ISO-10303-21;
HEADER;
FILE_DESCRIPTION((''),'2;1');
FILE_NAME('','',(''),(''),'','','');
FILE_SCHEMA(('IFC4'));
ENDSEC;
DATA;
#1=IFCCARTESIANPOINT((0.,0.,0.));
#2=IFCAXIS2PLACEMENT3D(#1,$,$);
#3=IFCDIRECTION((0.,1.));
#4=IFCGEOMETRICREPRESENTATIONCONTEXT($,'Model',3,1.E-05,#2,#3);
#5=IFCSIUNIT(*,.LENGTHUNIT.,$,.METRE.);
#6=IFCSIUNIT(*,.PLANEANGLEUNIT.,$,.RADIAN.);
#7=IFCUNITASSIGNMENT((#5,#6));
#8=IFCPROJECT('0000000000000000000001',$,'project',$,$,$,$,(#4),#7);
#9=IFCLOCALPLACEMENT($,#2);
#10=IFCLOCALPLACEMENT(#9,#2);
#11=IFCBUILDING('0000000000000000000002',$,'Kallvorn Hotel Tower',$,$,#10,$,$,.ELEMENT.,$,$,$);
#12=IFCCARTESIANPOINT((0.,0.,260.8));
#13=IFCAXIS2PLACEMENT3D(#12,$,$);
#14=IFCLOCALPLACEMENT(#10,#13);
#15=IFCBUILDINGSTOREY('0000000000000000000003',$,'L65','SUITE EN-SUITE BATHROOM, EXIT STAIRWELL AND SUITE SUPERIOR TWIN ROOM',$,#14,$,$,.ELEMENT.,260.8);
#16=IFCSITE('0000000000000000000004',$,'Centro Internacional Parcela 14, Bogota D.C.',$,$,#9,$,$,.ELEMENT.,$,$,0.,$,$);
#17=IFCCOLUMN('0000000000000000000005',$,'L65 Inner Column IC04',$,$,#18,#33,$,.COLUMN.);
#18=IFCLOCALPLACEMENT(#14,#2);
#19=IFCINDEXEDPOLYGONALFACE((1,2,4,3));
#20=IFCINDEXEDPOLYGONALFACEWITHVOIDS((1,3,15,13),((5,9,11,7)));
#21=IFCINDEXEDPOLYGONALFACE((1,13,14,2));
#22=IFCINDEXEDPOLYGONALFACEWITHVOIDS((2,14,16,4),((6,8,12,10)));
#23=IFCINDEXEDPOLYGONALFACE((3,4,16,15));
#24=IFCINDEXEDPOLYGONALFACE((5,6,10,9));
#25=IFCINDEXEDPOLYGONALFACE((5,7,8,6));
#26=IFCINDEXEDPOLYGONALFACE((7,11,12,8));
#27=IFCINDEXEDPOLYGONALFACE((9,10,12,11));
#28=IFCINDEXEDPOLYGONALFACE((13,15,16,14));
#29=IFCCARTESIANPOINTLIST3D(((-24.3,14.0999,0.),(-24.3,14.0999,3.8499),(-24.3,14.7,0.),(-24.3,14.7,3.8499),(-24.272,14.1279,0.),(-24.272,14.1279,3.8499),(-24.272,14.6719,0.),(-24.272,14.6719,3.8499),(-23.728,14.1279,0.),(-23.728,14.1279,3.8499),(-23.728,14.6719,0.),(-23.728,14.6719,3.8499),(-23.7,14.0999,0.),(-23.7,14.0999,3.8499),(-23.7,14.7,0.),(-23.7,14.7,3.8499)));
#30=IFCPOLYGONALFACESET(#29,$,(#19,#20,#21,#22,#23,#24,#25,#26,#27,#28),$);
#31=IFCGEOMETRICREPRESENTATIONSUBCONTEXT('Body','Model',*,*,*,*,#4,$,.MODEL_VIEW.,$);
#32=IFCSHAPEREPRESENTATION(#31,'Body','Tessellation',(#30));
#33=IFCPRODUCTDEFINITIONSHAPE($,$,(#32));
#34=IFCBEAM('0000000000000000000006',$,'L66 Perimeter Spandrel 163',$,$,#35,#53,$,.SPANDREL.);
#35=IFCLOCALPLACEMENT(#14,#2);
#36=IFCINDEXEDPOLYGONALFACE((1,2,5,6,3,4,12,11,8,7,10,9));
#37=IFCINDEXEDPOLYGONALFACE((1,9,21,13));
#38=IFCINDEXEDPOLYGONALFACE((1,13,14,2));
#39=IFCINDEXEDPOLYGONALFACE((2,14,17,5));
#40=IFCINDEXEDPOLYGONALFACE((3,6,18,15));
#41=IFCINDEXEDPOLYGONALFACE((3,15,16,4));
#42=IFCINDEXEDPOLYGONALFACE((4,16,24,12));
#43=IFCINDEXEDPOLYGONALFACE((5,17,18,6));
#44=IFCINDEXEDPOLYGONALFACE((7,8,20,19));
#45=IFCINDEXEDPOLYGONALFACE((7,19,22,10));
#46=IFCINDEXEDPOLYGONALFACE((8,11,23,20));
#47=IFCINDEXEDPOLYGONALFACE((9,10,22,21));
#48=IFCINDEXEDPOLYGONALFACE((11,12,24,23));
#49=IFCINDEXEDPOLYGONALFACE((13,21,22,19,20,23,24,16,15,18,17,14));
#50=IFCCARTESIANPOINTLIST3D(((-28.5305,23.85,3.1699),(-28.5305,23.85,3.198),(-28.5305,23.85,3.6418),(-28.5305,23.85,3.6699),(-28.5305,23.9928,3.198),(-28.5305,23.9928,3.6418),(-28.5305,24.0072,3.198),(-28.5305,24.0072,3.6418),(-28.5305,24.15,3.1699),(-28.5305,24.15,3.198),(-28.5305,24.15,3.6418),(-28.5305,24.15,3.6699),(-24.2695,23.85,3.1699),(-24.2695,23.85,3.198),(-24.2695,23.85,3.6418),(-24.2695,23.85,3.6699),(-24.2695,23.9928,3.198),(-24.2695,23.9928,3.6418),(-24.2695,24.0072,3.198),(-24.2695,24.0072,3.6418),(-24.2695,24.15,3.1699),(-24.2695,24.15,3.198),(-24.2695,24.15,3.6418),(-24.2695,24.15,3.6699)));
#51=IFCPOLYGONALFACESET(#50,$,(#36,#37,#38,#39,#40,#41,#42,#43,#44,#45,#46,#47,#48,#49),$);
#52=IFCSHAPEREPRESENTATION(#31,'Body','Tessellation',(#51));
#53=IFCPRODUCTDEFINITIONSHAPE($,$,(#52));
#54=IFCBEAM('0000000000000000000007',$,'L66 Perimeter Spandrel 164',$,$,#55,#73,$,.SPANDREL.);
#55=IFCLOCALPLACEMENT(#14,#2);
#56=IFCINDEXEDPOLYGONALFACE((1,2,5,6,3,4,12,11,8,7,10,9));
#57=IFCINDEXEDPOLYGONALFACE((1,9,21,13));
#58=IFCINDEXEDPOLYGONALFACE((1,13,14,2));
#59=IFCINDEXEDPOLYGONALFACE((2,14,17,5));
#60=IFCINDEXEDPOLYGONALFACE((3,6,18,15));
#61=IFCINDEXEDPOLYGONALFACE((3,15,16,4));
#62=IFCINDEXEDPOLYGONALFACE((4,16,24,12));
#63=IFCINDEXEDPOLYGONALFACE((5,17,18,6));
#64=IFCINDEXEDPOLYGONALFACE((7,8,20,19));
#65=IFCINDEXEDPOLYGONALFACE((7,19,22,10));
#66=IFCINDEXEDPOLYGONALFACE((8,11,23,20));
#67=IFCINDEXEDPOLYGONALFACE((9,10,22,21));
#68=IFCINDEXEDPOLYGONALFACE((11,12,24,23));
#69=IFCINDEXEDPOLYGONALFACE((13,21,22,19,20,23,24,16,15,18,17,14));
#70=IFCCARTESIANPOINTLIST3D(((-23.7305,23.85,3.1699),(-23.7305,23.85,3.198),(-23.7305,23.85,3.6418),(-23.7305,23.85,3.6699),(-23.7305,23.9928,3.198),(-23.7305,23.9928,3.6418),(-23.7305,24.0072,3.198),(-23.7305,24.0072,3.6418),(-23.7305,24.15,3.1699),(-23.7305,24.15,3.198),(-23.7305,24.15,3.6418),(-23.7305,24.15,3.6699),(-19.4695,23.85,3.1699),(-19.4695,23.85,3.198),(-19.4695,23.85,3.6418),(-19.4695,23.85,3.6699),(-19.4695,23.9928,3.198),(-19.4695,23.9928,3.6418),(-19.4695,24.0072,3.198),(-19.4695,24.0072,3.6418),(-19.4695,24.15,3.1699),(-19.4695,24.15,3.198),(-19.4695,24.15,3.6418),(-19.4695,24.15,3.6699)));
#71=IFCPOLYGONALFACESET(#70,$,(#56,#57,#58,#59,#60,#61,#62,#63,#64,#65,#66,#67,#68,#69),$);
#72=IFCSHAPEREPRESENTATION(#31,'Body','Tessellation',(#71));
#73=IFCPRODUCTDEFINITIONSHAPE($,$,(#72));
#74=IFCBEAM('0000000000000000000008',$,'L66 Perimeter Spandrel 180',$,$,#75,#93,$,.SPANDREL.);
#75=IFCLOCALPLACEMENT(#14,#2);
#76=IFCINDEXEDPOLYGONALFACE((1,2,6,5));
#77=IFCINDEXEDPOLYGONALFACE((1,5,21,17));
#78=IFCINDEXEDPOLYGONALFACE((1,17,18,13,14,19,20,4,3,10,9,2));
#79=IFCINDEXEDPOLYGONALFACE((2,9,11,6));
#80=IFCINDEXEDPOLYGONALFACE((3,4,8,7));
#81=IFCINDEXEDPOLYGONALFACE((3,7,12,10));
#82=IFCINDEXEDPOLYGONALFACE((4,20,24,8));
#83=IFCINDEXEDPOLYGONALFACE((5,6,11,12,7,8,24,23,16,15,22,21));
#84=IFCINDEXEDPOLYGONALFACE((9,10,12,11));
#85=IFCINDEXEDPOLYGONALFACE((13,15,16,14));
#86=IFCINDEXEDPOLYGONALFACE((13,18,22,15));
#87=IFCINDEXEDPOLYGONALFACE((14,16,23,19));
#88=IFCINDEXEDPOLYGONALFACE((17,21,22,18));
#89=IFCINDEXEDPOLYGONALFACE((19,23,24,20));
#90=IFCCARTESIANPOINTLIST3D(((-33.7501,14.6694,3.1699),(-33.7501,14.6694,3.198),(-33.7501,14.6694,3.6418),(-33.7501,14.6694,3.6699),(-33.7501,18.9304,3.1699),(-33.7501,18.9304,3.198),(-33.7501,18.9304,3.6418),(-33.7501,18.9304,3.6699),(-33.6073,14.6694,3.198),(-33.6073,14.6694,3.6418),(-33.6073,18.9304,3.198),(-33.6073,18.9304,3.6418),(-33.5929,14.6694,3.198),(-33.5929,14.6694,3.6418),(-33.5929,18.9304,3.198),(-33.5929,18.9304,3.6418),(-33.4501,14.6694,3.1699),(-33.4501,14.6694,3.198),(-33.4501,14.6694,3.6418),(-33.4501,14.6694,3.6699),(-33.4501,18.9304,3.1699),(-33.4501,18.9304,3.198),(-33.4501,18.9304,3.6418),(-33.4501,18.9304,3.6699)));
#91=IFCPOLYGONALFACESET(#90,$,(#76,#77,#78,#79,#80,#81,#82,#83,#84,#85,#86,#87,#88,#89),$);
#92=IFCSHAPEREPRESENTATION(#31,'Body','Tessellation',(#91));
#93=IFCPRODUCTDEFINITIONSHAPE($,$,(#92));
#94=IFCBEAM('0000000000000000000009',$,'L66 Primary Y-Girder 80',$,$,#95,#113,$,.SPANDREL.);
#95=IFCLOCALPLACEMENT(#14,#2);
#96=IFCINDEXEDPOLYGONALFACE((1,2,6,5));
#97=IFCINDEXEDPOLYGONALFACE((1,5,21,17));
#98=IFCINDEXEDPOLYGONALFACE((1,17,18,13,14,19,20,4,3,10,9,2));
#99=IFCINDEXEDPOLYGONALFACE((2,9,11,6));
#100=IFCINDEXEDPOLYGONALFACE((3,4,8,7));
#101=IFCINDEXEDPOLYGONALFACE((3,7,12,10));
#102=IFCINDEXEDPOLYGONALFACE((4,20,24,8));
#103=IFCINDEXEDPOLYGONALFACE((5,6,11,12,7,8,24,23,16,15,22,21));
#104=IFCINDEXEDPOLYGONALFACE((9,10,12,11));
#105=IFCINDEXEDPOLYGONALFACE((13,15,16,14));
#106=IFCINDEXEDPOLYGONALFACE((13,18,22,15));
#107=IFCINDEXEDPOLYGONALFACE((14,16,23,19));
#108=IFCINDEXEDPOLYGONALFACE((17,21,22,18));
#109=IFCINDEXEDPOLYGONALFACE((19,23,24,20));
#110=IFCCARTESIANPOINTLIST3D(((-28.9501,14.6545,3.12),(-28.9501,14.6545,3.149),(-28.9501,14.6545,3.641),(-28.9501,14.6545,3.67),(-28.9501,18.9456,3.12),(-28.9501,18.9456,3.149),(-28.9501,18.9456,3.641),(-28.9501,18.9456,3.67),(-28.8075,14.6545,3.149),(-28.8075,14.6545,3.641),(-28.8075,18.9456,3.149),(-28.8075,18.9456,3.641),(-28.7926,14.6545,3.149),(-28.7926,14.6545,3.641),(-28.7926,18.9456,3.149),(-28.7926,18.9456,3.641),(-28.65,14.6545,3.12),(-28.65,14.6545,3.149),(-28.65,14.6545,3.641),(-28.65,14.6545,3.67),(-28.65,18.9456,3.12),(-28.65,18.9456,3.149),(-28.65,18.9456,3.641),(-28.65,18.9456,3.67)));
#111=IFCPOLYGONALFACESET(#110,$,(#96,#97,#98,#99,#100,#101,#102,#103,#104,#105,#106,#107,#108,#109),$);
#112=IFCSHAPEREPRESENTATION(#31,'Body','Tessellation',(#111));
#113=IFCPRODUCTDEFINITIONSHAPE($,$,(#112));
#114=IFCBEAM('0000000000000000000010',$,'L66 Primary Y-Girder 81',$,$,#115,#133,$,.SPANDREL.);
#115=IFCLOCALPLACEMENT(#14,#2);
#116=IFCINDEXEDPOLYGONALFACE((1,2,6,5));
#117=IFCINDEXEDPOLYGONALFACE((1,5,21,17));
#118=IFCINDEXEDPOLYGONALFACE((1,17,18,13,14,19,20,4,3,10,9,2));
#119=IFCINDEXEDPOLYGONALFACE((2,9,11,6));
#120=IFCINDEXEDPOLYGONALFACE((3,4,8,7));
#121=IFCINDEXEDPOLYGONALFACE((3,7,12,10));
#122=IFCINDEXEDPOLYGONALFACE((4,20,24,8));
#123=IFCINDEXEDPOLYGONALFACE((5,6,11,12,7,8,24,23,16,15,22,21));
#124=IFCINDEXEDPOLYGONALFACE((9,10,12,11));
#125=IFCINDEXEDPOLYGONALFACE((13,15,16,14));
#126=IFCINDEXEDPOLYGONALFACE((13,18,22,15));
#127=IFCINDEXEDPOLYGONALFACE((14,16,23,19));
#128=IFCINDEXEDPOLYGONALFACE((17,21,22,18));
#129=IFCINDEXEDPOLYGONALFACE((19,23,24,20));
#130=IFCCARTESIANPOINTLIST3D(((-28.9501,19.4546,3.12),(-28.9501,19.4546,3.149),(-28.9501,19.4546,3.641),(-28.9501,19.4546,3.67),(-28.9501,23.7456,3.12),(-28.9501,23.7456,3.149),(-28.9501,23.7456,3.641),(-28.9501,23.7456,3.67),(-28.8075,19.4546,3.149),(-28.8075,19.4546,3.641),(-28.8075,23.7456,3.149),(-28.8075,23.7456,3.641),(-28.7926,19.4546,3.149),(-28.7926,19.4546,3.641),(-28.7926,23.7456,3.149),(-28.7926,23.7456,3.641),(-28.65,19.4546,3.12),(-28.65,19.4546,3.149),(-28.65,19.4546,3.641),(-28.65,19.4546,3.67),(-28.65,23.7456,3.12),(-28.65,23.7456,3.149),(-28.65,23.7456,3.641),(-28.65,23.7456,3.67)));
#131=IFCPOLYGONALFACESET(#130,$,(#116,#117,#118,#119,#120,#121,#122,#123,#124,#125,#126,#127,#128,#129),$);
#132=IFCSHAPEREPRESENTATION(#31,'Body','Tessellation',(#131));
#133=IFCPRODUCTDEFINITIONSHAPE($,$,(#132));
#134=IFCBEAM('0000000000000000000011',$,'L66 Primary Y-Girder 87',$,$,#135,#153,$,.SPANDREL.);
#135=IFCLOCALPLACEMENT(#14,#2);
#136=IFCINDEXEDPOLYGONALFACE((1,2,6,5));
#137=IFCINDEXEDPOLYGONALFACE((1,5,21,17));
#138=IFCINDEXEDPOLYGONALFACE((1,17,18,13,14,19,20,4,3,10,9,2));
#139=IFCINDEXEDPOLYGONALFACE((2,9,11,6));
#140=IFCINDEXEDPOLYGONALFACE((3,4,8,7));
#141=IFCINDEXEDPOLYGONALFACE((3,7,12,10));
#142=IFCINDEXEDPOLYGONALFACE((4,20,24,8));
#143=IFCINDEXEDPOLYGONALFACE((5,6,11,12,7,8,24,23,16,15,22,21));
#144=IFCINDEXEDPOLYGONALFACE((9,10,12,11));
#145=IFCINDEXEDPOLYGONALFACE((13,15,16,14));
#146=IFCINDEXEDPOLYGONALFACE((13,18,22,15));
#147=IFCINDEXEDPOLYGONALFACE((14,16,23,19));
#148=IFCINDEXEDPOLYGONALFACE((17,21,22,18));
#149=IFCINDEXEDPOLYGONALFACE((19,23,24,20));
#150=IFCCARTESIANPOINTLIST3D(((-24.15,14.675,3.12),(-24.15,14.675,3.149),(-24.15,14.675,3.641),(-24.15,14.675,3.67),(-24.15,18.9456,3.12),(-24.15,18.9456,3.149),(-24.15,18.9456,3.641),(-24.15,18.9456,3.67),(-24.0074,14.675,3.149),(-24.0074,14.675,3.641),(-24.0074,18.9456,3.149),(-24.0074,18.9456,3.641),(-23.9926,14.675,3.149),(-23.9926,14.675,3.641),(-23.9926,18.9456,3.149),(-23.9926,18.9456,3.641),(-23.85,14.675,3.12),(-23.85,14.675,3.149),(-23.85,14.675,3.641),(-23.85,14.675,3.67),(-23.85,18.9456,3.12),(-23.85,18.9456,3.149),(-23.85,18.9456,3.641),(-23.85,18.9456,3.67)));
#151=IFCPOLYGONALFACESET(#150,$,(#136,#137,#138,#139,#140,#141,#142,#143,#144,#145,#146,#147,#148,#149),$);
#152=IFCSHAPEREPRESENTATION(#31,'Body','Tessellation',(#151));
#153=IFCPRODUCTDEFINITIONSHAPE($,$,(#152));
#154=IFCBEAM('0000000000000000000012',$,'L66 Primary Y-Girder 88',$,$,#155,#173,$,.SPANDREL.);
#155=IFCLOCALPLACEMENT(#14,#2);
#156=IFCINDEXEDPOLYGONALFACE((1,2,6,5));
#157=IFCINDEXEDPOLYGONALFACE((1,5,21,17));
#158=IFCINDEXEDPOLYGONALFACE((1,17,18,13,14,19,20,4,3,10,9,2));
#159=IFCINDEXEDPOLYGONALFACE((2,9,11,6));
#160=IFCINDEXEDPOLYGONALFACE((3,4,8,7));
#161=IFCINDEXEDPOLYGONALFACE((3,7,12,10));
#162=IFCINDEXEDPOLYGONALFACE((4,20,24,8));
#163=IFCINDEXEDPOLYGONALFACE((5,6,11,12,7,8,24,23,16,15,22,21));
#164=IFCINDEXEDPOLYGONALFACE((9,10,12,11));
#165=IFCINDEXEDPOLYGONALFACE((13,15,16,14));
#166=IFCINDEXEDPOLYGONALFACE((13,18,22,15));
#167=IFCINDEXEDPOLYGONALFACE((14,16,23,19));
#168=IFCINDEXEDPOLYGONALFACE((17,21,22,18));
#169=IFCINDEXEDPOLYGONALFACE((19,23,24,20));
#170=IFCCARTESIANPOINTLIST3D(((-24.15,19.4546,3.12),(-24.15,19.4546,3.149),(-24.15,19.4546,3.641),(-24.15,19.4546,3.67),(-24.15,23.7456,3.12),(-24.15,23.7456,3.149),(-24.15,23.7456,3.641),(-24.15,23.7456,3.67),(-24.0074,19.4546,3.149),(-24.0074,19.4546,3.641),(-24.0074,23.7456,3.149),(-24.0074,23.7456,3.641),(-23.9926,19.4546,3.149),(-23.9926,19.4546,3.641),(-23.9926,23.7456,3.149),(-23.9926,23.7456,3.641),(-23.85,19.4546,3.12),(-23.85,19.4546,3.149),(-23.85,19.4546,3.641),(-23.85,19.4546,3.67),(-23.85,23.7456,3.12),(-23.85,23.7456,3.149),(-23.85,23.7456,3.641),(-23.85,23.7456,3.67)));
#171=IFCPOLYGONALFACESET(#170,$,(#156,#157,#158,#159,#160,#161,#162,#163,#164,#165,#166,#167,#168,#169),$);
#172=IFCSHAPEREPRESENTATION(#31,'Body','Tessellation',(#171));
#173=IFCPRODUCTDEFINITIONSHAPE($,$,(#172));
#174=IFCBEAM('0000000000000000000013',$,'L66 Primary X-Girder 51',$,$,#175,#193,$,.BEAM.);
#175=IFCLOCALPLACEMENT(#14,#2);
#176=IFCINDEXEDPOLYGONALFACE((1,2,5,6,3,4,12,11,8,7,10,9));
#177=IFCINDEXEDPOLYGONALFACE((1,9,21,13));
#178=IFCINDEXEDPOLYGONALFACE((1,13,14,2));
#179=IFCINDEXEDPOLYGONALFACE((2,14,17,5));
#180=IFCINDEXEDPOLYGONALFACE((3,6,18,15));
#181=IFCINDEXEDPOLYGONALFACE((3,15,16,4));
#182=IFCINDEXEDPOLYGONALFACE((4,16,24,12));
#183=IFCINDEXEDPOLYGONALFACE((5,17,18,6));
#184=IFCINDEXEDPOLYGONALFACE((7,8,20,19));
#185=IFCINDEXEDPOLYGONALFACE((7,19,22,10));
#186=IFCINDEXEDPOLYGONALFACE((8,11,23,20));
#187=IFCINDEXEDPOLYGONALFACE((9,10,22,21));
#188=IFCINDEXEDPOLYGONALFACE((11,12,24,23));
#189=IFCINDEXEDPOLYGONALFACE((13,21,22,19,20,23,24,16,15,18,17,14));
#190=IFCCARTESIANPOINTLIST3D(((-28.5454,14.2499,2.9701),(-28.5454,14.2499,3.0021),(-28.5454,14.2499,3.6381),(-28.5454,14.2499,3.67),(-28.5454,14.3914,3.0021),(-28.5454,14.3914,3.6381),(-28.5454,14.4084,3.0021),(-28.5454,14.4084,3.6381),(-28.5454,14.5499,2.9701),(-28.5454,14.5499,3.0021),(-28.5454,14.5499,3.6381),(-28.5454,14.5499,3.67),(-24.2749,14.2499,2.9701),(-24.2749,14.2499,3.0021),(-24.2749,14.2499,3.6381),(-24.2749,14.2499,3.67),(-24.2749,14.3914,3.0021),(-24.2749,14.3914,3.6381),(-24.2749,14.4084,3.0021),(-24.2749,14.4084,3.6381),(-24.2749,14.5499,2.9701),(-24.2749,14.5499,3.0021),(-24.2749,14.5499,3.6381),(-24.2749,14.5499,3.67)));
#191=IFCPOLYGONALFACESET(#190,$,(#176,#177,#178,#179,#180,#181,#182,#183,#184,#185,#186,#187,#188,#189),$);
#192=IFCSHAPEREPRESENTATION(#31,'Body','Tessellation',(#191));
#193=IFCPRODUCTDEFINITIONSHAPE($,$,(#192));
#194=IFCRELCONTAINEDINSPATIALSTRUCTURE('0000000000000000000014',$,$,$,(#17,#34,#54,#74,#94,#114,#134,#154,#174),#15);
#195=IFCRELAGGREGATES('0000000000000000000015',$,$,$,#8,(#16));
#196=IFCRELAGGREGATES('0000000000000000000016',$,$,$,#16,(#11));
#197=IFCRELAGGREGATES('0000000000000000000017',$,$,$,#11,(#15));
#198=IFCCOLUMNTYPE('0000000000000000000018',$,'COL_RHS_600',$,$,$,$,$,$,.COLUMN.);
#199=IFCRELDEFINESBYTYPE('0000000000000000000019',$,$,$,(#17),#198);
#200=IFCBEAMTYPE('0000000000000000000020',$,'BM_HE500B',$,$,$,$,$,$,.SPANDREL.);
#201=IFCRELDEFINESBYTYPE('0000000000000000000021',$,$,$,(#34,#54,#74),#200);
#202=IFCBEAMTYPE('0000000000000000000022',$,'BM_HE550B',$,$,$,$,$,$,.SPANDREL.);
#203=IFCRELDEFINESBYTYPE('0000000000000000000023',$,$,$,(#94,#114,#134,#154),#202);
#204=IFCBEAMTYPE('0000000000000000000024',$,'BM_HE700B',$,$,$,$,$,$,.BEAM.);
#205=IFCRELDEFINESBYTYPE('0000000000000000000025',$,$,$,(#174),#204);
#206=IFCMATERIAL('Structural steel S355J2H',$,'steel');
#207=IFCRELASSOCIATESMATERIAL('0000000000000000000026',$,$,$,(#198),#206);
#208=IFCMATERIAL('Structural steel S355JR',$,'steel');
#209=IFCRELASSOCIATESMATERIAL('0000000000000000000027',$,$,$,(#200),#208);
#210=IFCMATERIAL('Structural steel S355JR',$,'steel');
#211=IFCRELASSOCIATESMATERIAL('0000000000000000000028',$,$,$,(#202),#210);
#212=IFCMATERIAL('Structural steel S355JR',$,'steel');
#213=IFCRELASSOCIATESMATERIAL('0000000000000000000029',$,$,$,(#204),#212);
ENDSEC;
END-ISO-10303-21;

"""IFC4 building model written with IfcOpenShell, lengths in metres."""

from ifc_helpers import new_model, si_unit, direction, frame, origin, origin_2d, place, context, subcontext, project, spatial, hollow_rectangle, i_section, extrude, material, material_profile, profile_set, type_object, element, save


model = new_model("IFC4")

# Units and contexts
model_context = context("Model", 3, precision=1e-05, world=origin(), true_north=direction((0.0, 1.0)))
body_context = subcontext(model_context, "Body", "Model", "MODEL_VIEW")
ifc_project = project(units=[si_unit("LENGTHUNIT", "METRE"), si_unit("PLANEANGLEUNIT", "RADIAN")], contexts=[model_context])

# Site, building, storey
site_placement = place(None, origin())
site = spatial("IfcSite", under=ifc_project, at=site_placement, Name="Centro Internacional Parcela 14, Bogota D.C.", CompositionType="ELEMENT", RefElevation=0.0)
building_placement = place(site_placement, origin())
building = spatial("IfcBuilding", under=site, at=building_placement, Name="Kallvorn Hotel Tower", CompositionType="ELEMENT")
storey_placement = place(building_placement, frame((0.0, 0.0, 260.8)))
storey = spatial("IfcBuildingStorey", under=building, at=storey_placement, Name="L65", Description="SUITE EN-SUITE BATHROOM, EXIT STAIRWELL AND SUITE SUPERIOR TWIN ROOM", CompositionType="ELEMENT", Elevation=260.8)

# Column
ifc_material_1 = material(Name="Structural steel S355J2H", Category="steel")
ifc_material_profile_1 = material_profile(ifc_material_1, hollow_rectangle(XDim=0.6001, YDim=0.6001, WallThickness=0.0281, at=origin_2d()), Name="RHS 600x600x28")
ifc_profile_set_1 = profile_set([ifc_material_profile_1], Name="Structural steel S355J2H")
column_type_1 = type_object("IfcColumnType", Name="COL_RHS_600", PredefinedType="COLUMN", material=ifc_profile_set_1)
column_placement = place(storey_placement, frame((-24.0, 14.3999, 0.0), z_axis=(0.0, 0.0, 1.0), x_axis=(1.0, 0.0, 0.0)))
element("IfcColumn", 1, at=column_placement, inside=storey, type_object=column_type_1, Name="L65 Inner Column IC04", PredefinedType="COLUMN", context=body_context, shape_type="SweptSolid", body=[
    extrude(hollow_rectangle(XDim=0.6001, YDim=0.6001, WallThickness=0.0281, at=origin_2d()), origin(), (0.0, 0.0, 1.0), 3.8499),
])

# Beams
ifc_material_2 = material(Name="Structural steel S355JR", Category="steel")
ifc_material_profile_2 = material_profile(ifc_material_2, i_section(OverallWidth=0.3, OverallDepth=0.5, WebThickness=0.0144, FlangeThickness=0.0281, at=origin_2d()), Name="HE 500 B")
ifc_profile_set_2 = profile_set([ifc_material_profile_2], Name="Structural steel S355JR")
beam_type_1 = type_object("IfcBeamType", Name="BM_HE500B", PredefinedType="SPANDREL", material=ifc_profile_set_2)
for number, where, z_axis, x_axis, name in (
    (2, (-28.5305, 24.0, 3.4199), (1.0, 0.0, 0.0), (0.0, 1.0, 0.0), "L66 Perimeter Spandrel 163"),
    (3, (-23.7305, 24.0, 3.4199), (1.0, 0.0, 0.0), (0.0, 1.0, 0.0), "L66 Perimeter Spandrel 164"),
    (4, (-33.6001, 14.6694, 3.4199), (0.0, 1.0, 0.0), (-1.0, 0.0, 0.0), "L66 Perimeter Spandrel 180"),
):
    element("IfcBeam", number, at=place(storey_placement, frame(where, z_axis=z_axis, x_axis=x_axis)), inside=storey, type_object=beam_type_1, Name=name, PredefinedType="SPANDREL", context=body_context, shape_type="SweptSolid", body=[
        extrude(i_section(OverallWidth=0.3, OverallDepth=0.5, WebThickness=0.0144, FlangeThickness=0.0281, at=origin_2d()), origin(), (0.0, 0.0, 1.0), 4.261),
    ])
ifc_material_3 = material(Name="Structural steel S355JR", Category="steel")
ifc_material_profile_3 = material_profile(ifc_material_3, i_section(OverallWidth=0.3, OverallDepth=0.55, WebThickness=0.0149, FlangeThickness=0.0291, at=origin_2d()), Name="HE 550 B")
ifc_profile_set_3 = profile_set([ifc_material_profile_3], Name="Structural steel S355JR")
beam_type_2 = type_object("IfcBeamType", Name="BM_HE550B", PredefinedType="SPANDREL", material=ifc_profile_set_3)
for number, where, z_axis, x_axis, name in (
    (5, (-28.8, 14.6545, 3.395), (0.0, 1.0, 0.0), (-1.0, 0.0, 0.0), "L66 Primary Y-Girder 80"),
    (6, (-28.8, 19.4546, 3.395), (0.0, 1.0, 0.0), (-1.0, 0.0, 0.0), "L66 Primary Y-Girder 81"),
):
    element("IfcBeam", number, at=place(storey_placement, frame(where, z_axis=z_axis, x_axis=x_axis)), inside=storey, type_object=beam_type_2, Name=name, PredefinedType="SPANDREL", context=body_context, shape_type="SweptSolid", body=[
        extrude(i_section(OverallWidth=0.3, OverallDepth=0.55, WebThickness=0.0149, FlangeThickness=0.0291, at=origin_2d()), origin(), (0.0, 0.0, 1.0), 4.291),
    ])
beam_1_placement = place(storey_placement, frame((-24.0, 14.675, 3.395), z_axis=(0.0, 1.0, 0.0), x_axis=(-1.0, 0.0, 0.0)))
element("IfcBeam", 7, at=beam_1_placement, inside=storey, type_object=beam_type_2, Name="L66 Primary Y-Girder 87", PredefinedType="SPANDREL", context=body_context, shape_type="SweptSolid", body=[
    extrude(i_section(OverallWidth=0.3, OverallDepth=0.55, WebThickness=0.0149, FlangeThickness=0.0291, at=origin_2d()), origin(), (0.0, 0.0, 1.0), 4.2705),
])
beam_2_placement = place(storey_placement, frame((-24.0, 19.4546, 3.395), z_axis=(0.0, 1.0, 0.0), x_axis=(-1.0, 0.0, 0.0)))
element("IfcBeam", 8, at=beam_2_placement, inside=storey, type_object=beam_type_2, Name="L66 Primary Y-Girder 88", PredefinedType="SPANDREL", context=body_context, shape_type="SweptSolid", body=[
    extrude(i_section(OverallWidth=0.3, OverallDepth=0.55, WebThickness=0.0149, FlangeThickness=0.0291, at=origin_2d()), origin(), (0.0, 0.0, 1.0), 4.291),
])
ifc_material_4 = material(Name="Structural steel S355JR", Category="steel")
ifc_material_profile_4 = material_profile(ifc_material_4, i_section(OverallWidth=0.3, OverallDepth=0.7, WebThickness=0.0171, FlangeThickness=0.032, at=origin_2d()), Name="HE 700 B")
ifc_profile_set_4 = profile_set([ifc_material_profile_4], Name="Structural steel S355JR")
beam_type_3 = type_object("IfcBeamType", Name="BM_HE700B", PredefinedType="BEAM", material=ifc_profile_set_4)
for number, where, z_axis, x_axis, name in (
    (9, (-28.5454, 14.3999, 3.3201), (1.0, 0.0, 0.0), (0.0, 1.0, 0.0), "L66 Primary X-Girder 51"),
):
    element("IfcBeam", number, at=place(storey_placement, frame(where, z_axis=z_axis, x_axis=x_axis)), inside=storey, type_object=beam_type_3, Name=name, PredefinedType="BEAM", context=body_context, shape_type="SweptSolid", body=[
        extrude(i_section(OverallWidth=0.3, OverallDepth=0.7, WebThickness=0.0171, FlangeThickness=0.032, at=origin_2d()), origin(), (0.0, 0.0, 1.0), 4.2705),
    ])

save(model, "model.ifc")
